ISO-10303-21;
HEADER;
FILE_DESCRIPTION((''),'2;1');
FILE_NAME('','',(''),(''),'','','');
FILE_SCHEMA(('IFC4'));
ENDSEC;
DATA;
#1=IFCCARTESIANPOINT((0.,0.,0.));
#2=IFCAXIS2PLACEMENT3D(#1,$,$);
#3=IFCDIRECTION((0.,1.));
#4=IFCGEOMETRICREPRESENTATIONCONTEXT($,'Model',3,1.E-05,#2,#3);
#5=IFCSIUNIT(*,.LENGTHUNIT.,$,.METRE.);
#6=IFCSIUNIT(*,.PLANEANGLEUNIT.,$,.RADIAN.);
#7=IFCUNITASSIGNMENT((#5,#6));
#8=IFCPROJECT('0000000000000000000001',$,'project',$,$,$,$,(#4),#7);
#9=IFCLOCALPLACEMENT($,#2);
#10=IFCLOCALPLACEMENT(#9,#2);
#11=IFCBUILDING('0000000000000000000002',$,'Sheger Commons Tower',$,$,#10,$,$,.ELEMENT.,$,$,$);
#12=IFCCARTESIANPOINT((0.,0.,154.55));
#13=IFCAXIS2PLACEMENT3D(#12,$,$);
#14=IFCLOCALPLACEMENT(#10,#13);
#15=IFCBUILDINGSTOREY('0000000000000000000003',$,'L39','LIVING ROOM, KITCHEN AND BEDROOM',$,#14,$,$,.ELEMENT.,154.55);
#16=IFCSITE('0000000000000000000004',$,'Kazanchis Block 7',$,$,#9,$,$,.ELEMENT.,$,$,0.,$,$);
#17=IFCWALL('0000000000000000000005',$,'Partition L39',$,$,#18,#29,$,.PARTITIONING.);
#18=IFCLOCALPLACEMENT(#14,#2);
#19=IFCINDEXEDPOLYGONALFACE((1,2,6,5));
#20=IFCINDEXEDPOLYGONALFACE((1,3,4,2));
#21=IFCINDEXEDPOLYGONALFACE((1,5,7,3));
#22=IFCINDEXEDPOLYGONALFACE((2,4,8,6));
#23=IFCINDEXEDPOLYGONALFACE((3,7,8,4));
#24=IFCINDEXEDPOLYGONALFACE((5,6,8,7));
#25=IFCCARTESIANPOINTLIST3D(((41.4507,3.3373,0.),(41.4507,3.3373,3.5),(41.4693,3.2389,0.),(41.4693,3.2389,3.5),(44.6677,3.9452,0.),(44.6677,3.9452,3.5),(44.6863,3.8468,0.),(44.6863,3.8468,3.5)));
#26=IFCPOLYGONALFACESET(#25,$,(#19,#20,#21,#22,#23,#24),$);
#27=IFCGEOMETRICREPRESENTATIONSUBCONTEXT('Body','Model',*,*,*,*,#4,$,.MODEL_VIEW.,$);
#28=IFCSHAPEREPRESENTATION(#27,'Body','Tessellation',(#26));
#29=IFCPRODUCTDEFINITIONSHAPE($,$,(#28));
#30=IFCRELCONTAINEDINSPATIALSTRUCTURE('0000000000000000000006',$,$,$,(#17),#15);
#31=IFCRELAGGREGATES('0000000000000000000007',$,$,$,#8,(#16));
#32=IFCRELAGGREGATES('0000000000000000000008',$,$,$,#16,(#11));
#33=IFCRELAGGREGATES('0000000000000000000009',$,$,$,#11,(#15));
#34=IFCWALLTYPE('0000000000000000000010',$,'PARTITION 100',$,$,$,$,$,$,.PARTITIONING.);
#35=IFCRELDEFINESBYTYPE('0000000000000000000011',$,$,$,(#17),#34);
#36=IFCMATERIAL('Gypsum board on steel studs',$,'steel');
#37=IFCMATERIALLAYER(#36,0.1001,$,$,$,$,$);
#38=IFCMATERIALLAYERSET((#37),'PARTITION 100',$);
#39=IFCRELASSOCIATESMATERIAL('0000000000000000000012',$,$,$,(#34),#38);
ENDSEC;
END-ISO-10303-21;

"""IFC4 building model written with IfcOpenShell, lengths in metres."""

from ifc_helpers import new_model, si_unit, direction, frame, frame_2d, origin, place, context, subcontext, project, spatial, rectangle, extrude, material, layer, layer_set, type_object, element, save


model = new_model("IFC4")

# Units and contexts
model_context = context("Model", 3, precision=1e-05, world=origin(), true_north=direction((0.0, 1.0)))
body_context = subcontext(model_context, "Body", "Model", "MODEL_VIEW")
ifc_project = project(units=[si_unit("LENGTHUNIT", "METRE"), si_unit("PLANEANGLEUNIT", "RADIAN")], contexts=[model_context])

# Site, building, storey
site_placement = place(None, origin())
site = spatial("IfcSite", under=ifc_project, at=site_placement, Name="Kazanchis Block 7", CompositionType="ELEMENT", RefElevation=0.0)
building_placement = place(site_placement, origin())
building = spatial("IfcBuilding", under=site, at=building_placement, Name="Sheger Commons Tower", CompositionType="ELEMENT")
storey_placement = place(building_placement, frame((0.0, 0.0, 154.55)))
storey = spatial("IfcBuildingStorey", under=building, at=storey_placement, Name="L39", Description="LIVING ROOM, KITCHEN AND BEDROOM", CompositionType="ELEMENT", Elevation=154.55)

# Shared definitions
ifc_material_1 = material(Name="Gypsum board on steel studs", Category="steel")
ifc_layer_1 = layer(ifc_material_1, 0.1001)
ifc_layer_set_1 = layer_set([ifc_layer_1], Name="PARTITION 100")
wall_type_1 = type_object("IfcWallType", Name="PARTITION 100", PredefinedType="PARTITIONING", material=ifc_layer_set_1)

# Wall
wall_1_placement = place(storey_placement, frame((44.677, 3.896, 0.0), z_axis=(0.0, 0.0, 1.0), x_axis=(-0.98261, -0.18568, 0.0)))
element("IfcWall", 1, at=wall_1_placement, inside=storey, type_object=wall_type_1, Name="Partition L39", PredefinedType="PARTITIONING", context=body_context, shape_type="SweptSolid", body=[
    extrude(rectangle(XDim=3.2739, YDim=0.1001, at=frame_2d((1.637, 0.0))), origin(), (0.0, 0.0, 1.0), 3.5),
])

save(model, "model.ifc")
